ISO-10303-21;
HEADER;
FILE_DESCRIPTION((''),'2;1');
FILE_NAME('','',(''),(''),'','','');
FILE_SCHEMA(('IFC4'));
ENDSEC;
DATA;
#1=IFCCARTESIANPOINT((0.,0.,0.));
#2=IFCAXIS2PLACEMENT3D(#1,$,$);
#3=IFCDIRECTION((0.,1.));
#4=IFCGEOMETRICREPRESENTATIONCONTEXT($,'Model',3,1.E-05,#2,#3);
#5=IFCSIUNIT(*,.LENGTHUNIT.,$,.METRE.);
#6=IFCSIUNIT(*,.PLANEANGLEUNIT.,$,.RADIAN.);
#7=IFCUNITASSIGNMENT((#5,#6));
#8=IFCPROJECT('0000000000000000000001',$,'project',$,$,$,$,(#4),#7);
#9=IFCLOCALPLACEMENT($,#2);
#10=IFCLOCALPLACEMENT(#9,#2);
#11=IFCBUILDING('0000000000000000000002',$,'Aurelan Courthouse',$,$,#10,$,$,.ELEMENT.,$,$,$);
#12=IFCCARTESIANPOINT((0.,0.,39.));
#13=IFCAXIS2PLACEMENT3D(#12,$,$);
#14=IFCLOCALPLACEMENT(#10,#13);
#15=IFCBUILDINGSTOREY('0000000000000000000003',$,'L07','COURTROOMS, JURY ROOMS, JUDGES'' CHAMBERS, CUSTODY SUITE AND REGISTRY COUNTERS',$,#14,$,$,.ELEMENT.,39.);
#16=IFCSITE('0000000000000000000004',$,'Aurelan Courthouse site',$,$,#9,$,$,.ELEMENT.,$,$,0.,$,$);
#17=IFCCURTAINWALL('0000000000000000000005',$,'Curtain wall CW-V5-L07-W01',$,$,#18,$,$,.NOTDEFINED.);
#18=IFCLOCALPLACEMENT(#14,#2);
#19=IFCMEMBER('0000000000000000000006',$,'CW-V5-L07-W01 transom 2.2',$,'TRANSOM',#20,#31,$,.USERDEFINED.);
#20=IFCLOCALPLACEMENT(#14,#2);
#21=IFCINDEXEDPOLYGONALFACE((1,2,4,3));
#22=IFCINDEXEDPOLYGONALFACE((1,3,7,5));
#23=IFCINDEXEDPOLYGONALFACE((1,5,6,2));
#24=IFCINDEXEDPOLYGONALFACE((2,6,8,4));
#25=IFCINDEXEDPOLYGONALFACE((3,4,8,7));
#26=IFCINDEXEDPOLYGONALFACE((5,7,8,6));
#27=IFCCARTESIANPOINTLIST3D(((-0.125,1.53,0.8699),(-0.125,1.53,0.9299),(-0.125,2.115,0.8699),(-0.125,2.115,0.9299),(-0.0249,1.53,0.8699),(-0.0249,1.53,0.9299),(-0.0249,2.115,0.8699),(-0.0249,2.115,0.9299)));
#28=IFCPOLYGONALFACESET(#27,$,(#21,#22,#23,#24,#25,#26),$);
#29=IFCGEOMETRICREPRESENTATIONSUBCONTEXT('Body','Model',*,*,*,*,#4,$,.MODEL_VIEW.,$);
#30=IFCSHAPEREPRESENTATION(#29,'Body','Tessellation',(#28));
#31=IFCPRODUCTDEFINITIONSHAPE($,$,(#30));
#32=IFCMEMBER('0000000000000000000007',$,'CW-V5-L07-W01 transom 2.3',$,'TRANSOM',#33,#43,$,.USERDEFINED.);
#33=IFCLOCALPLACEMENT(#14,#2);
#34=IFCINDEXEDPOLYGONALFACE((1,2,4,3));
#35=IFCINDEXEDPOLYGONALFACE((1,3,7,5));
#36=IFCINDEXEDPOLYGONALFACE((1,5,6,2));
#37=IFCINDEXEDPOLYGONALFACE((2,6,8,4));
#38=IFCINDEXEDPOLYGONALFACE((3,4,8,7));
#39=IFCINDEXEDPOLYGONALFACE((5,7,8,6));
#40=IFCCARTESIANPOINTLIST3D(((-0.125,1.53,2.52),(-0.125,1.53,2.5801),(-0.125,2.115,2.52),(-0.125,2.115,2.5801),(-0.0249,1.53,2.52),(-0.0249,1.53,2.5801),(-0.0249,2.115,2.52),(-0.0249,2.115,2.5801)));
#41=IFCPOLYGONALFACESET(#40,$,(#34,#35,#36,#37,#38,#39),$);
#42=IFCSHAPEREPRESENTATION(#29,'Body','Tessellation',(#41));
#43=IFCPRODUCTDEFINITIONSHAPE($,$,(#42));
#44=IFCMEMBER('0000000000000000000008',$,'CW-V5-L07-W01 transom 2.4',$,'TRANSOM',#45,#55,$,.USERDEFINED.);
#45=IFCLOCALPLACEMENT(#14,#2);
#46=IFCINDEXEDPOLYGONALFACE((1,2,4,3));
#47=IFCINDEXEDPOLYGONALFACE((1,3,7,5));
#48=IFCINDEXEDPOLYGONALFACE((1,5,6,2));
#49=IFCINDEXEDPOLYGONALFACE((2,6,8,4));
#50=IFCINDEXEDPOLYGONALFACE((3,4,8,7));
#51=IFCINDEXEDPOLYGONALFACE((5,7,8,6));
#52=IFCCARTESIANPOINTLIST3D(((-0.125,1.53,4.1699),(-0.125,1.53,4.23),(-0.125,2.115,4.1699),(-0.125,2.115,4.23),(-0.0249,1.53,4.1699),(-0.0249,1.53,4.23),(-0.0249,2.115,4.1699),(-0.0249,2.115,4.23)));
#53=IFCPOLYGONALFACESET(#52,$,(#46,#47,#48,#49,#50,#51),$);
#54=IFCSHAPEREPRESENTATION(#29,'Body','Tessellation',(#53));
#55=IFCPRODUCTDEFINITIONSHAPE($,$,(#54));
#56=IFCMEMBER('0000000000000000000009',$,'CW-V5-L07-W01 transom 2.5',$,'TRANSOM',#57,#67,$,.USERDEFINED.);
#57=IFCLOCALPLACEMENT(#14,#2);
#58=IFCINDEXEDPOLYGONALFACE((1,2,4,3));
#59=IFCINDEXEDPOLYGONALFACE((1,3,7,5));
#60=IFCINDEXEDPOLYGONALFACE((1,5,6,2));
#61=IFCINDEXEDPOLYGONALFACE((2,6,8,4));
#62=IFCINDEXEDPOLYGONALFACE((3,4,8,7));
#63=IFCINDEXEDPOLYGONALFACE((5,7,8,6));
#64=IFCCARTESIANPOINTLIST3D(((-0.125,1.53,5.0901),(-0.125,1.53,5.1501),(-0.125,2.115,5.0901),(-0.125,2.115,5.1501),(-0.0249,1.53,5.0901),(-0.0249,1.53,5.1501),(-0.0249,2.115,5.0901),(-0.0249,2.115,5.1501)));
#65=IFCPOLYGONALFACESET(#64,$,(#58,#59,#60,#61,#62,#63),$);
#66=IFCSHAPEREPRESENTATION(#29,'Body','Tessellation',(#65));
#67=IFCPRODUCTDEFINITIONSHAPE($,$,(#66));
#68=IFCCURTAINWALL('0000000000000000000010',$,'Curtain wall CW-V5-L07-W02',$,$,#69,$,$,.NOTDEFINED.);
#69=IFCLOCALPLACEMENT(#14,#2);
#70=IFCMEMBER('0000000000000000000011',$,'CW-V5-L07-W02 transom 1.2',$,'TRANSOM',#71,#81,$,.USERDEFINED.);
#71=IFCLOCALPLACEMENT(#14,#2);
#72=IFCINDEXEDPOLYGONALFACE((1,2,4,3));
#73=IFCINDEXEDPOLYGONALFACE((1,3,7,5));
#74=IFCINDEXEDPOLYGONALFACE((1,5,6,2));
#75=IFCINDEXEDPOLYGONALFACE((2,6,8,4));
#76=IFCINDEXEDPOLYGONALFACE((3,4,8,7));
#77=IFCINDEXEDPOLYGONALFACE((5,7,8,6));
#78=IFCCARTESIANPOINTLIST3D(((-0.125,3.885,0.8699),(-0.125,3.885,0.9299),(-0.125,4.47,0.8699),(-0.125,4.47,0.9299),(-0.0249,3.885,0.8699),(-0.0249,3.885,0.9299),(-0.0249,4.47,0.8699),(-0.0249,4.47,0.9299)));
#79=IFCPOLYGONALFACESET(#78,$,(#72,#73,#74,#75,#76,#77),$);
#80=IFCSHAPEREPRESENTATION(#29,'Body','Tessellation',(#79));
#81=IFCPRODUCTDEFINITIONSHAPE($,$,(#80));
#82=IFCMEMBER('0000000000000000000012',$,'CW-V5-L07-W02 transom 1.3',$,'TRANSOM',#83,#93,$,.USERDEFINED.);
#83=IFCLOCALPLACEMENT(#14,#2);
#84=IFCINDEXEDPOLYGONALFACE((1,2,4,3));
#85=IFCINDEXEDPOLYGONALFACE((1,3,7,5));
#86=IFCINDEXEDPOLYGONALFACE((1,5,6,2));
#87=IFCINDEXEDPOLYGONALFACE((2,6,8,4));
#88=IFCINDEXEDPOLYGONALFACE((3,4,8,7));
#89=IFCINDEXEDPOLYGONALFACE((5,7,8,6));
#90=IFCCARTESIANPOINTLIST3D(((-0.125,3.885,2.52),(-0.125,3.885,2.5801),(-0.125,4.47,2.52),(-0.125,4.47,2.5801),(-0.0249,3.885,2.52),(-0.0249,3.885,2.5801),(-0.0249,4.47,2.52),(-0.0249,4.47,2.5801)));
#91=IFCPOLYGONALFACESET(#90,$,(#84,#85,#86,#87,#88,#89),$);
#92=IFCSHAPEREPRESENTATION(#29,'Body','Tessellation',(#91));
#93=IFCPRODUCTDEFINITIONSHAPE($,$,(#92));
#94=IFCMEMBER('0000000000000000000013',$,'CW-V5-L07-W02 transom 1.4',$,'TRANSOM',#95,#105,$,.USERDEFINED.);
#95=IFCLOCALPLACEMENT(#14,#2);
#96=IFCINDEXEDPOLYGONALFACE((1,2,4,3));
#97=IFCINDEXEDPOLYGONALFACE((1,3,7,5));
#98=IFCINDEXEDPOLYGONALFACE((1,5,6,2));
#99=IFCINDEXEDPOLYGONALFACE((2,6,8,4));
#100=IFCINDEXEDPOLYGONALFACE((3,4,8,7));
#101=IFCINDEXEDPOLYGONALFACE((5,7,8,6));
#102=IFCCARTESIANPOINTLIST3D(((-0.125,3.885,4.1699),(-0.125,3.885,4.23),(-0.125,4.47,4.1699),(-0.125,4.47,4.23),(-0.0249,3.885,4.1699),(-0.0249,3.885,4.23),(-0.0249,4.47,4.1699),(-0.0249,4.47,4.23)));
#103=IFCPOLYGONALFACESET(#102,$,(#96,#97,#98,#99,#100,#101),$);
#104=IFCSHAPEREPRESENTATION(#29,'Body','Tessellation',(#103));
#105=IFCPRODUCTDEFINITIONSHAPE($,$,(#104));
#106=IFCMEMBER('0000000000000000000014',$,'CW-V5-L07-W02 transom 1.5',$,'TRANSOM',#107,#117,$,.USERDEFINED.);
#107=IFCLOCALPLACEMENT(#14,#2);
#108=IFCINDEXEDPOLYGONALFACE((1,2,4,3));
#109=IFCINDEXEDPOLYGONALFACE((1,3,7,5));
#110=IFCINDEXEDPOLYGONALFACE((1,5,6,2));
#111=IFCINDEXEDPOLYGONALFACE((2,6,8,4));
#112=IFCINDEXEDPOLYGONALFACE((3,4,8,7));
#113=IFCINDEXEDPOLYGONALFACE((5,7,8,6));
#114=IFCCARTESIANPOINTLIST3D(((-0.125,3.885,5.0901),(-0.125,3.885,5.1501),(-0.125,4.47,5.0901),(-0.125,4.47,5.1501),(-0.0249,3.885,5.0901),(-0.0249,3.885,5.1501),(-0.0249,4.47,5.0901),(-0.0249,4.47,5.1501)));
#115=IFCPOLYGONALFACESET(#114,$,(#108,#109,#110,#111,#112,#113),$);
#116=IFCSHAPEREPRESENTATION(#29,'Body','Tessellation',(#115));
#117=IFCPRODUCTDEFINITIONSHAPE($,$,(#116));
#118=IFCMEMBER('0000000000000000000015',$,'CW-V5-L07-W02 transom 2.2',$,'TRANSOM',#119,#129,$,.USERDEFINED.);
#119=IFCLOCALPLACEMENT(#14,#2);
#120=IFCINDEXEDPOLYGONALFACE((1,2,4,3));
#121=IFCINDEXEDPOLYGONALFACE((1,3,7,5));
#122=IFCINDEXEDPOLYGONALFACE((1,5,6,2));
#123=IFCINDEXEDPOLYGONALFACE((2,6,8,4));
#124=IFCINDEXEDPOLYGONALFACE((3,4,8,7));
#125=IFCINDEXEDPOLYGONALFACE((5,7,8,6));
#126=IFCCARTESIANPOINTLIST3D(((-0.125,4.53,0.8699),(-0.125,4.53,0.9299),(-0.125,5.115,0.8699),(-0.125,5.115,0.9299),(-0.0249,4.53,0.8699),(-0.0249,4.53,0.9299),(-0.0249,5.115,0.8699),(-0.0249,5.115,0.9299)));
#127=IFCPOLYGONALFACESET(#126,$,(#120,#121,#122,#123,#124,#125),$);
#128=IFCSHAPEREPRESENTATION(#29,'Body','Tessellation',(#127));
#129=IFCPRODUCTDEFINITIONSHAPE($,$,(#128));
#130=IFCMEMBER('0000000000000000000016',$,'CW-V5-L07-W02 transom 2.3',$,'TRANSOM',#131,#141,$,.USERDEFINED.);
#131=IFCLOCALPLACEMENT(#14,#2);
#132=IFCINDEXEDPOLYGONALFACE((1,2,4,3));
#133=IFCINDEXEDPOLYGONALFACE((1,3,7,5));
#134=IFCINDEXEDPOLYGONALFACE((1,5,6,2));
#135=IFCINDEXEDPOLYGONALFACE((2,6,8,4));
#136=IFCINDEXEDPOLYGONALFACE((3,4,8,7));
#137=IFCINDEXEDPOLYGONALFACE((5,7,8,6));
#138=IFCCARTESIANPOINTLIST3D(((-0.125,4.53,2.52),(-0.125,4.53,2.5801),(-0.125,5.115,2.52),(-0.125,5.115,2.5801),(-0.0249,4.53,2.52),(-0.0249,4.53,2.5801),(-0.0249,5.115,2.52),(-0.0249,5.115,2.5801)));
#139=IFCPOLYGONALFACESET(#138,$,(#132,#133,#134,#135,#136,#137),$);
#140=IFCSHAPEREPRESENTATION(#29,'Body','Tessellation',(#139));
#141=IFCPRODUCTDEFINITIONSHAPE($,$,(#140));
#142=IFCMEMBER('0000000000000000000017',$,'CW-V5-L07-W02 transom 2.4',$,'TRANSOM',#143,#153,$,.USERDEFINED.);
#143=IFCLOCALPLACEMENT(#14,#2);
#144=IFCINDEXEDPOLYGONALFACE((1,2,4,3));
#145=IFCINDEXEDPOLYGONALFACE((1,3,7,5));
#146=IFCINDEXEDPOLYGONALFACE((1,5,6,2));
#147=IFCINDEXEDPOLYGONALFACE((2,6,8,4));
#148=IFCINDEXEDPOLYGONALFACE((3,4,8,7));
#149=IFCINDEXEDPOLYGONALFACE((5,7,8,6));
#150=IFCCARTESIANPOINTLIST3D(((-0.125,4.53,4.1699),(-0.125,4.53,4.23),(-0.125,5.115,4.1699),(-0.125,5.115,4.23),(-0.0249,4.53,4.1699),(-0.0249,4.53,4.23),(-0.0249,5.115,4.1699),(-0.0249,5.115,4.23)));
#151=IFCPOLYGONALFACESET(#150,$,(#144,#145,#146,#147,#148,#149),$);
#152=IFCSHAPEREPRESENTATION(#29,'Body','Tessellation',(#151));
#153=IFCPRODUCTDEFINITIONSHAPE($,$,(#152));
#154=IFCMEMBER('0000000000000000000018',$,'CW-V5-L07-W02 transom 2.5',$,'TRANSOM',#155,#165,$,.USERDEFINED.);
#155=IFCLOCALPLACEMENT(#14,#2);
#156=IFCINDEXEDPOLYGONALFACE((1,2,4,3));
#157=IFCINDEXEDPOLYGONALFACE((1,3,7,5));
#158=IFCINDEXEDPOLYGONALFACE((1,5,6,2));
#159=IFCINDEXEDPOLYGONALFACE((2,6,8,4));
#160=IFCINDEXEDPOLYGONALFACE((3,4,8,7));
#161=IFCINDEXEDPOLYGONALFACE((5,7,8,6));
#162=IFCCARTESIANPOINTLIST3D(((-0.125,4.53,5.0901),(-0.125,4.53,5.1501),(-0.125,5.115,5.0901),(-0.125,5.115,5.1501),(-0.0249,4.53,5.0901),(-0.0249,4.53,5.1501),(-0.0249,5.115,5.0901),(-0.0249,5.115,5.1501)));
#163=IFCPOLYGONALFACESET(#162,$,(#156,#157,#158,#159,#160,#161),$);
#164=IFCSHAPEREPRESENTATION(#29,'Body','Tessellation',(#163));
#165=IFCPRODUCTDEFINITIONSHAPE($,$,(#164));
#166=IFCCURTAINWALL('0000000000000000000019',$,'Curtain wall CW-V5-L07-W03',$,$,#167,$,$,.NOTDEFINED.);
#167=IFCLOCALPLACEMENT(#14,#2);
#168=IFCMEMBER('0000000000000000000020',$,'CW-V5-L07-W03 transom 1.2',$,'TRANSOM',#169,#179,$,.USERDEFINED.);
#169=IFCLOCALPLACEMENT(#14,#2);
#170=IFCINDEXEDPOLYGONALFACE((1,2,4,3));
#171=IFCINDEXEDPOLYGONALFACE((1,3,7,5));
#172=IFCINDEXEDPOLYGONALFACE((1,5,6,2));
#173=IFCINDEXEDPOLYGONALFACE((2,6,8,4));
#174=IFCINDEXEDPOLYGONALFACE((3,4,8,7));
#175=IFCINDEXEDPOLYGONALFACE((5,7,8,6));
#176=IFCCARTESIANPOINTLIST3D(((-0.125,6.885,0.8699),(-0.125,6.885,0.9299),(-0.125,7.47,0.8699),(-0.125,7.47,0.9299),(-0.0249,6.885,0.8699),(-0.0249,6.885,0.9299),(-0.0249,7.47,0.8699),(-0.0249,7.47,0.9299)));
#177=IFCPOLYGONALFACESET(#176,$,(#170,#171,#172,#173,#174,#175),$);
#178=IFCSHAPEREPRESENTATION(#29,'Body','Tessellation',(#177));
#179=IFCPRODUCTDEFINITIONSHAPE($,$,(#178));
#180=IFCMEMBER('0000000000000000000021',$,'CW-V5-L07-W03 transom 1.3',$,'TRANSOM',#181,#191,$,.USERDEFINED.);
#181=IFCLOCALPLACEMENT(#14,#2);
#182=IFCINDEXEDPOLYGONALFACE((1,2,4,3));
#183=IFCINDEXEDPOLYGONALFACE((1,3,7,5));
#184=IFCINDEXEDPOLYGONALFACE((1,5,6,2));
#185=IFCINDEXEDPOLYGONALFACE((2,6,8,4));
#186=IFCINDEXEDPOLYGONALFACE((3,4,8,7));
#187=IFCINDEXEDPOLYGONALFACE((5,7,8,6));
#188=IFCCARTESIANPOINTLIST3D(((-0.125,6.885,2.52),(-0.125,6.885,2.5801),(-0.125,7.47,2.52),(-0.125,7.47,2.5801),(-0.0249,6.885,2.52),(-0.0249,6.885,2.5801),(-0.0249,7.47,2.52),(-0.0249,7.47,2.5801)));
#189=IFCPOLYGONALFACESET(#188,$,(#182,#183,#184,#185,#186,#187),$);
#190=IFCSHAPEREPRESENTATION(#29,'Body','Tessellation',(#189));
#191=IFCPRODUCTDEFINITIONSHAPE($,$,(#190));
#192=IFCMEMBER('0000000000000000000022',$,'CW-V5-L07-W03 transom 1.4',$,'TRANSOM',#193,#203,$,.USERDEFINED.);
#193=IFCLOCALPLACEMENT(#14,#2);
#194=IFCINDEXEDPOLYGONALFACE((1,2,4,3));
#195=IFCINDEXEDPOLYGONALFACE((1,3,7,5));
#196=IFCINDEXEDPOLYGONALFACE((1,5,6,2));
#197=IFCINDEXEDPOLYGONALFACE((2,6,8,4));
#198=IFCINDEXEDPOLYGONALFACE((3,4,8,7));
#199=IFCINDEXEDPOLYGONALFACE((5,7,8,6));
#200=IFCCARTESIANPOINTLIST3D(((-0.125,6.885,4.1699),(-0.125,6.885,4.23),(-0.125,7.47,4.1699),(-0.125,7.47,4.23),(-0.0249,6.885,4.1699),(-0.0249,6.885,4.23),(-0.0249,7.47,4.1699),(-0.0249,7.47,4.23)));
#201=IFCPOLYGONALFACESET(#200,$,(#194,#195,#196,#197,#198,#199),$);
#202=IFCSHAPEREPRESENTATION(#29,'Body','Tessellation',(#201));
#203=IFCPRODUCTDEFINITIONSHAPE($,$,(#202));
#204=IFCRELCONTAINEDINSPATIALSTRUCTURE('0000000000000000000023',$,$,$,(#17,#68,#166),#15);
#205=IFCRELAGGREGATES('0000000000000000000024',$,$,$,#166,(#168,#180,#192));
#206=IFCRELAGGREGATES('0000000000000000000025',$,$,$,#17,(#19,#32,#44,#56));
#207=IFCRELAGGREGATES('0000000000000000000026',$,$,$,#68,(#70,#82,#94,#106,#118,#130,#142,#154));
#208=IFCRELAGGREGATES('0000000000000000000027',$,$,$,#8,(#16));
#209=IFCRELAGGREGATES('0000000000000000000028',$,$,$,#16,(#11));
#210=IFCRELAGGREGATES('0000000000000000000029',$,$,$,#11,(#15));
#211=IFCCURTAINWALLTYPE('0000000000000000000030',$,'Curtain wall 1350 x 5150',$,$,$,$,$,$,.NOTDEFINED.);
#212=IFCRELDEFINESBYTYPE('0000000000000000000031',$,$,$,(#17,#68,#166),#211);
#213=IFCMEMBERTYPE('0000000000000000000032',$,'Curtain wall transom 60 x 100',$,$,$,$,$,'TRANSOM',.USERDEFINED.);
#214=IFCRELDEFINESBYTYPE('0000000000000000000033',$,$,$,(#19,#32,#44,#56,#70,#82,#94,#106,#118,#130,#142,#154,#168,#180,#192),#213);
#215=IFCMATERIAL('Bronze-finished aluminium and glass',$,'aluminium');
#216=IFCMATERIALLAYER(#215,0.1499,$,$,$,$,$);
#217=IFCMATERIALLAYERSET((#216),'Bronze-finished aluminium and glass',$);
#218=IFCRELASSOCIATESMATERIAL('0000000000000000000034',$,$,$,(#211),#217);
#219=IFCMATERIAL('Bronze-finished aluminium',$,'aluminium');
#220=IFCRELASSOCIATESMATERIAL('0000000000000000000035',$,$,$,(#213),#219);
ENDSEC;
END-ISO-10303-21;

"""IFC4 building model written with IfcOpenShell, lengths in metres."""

from ifc_helpers import new_model, si_unit, direction, frame, origin, origin_2d, place, context, subcontext, project, spatial, rectangle, extrude, material, layer, layer_set, material_profile, profile_set, type_object, element, aggregate, save


model = new_model("IFC4")

# Units and contexts
model_context = context("Model", 3, precision=1e-05, world=origin(), true_north=direction((0.0, 1.0)))
body_context = subcontext(model_context, "Body", "Model", "MODEL_VIEW")
ifc_project = project(units=[si_unit("LENGTHUNIT", "METRE"), si_unit("PLANEANGLEUNIT", "RADIAN")], contexts=[model_context])

# Site, building, storey
site_placement = place(None, origin())
site = spatial("IfcSite", under=ifc_project, at=site_placement, Name="Aurelan Courthouse site", CompositionType="ELEMENT", RefElevation=0.0)
building_placement = place(site_placement, origin())
building = spatial("IfcBuilding", under=site, at=building_placement, Name="Aurelan Courthouse", CompositionType="ELEMENT")
storey_placement = place(building_placement, frame((0.0, 0.0, 39.0)))
storey = spatial("IfcBuildingStorey", under=building, at=storey_placement, Name="L07", Description="COURTROOMS, JURY ROOMS, JUDGES' CHAMBERS, CUSTODY SUITE AND REGISTRY COUNTERS", CompositionType="ELEMENT", Elevation=39.0)

# Curtain walls, members
ifc_material_1 = material(Name="Bronze-finished aluminium and glass", Category="aluminium")
ifc_layer_1 = layer(ifc_material_1, 0.1499)
ifc_layer_set_1 = layer_set([ifc_layer_1], Name="Bronze-finished aluminium and glass")
curtain_wall_type = type_object("IfcCurtainWallType", Name="Curtain wall 1350 x 5150", PredefinedType="NOTDEFINED", material=ifc_layer_set_1)
curtain_wall_1_placement = place(storey_placement, origin())
curtain_wall_1 = element("IfcCurtainWall", 1, at=curtain_wall_1_placement, inside=storey, type_object=curtain_wall_type, Name="Curtain wall CW-V5-L07-W01", PredefinedType="NOTDEFINED")
ifc_material_2 = material(Name="Bronze-finished aluminium", Category="aluminium")
ifc_material_profile = material_profile(ifc_material_2, rectangle(XDim=0.1001, YDim=0.0601, at=origin_2d()), Name="Bronze transom 60 x 100")
ifc_profile_set = profile_set([ifc_material_profile], Name="Bronze-finished aluminium")
member_type = type_object("IfcMemberType", Name="Curtain wall transom 60 x 100", ElementType="TRANSOM", PredefinedType="USERDEFINED", material=ifc_profile_set)
member_1_placement = place(storey_placement, frame((-0.075, 1.53, 0.8999), z_axis=(0.0, 1.0, 0.0), x_axis=(-1.0, 0.0, 0.0)))
member_1 = element("IfcMember", 2, at=member_1_placement, type_object=member_type, Name="CW-V5-L07-W01 transom 2.2", ObjectType="TRANSOM", PredefinedType="USERDEFINED", context=body_context, shape_type="SweptSolid", body=[
    extrude(rectangle(XDim=0.1001, YDim=0.0601, at=origin_2d()), origin(), (0.0, 0.0, 1.0), 0.585),
])
member_2_placement = place(storey_placement, frame((-0.075, 1.53, 2.55), z_axis=(0.0, 1.0, 0.0), x_axis=(-1.0, 0.0, 0.0)))
member_2 = element("IfcMember", 3, at=member_2_placement, type_object=member_type, Name="CW-V5-L07-W01 transom 2.3", ObjectType="TRANSOM", PredefinedType="USERDEFINED", context=body_context, shape_type="SweptSolid", body=[
    extrude(rectangle(XDim=0.1001, YDim=0.0601, at=origin_2d()), origin(), (0.0, 0.0, 1.0), 0.585),
])
member_3_placement = place(storey_placement, frame((-0.075, 1.53, 4.2), z_axis=(0.0, 1.0, 0.0), x_axis=(-1.0, 0.0, 0.0)))
member_3 = element("IfcMember", 4, at=member_3_placement, type_object=member_type, Name="CW-V5-L07-W01 transom 2.4", ObjectType="TRANSOM", PredefinedType="USERDEFINED", context=body_context, shape_type="SweptSolid", body=[
    extrude(rectangle(XDim=0.1001, YDim=0.0601, at=origin_2d()), origin(), (0.0, 0.0, 1.0), 0.585),
])
member_4_placement = place(storey_placement, frame((-0.075, 1.53, 5.1201), z_axis=(0.0, 1.0, 0.0), x_axis=(-1.0, 0.0, 0.0)))
member_4 = element("IfcMember", 5, at=member_4_placement, type_object=member_type, Name="CW-V5-L07-W01 transom 2.5", ObjectType="TRANSOM", PredefinedType="USERDEFINED", context=body_context, shape_type="SweptSolid", body=[
    extrude(rectangle(XDim=0.1001, YDim=0.0601, at=origin_2d()), origin(), (0.0, 0.0, 1.0), 0.585),
])
curtain_wall_2_placement = place(storey_placement, origin())
curtain_wall_2 = element("IfcCurtainWall", 6, at=curtain_wall_2_placement, inside=storey, type_object=curtain_wall_type, Name="Curtain wall CW-V5-L07-W02", PredefinedType="NOTDEFINED")
member_5_placement = place(storey_placement, frame((-0.075, 3.885, 0.8999), z_axis=(0.0, 1.0, 0.0), x_axis=(-1.0, 0.0, 0.0)))
member_5 = element("IfcMember", 7, at=member_5_placement, type_object=member_type, Name="CW-V5-L07-W02 transom 1.2", ObjectType="TRANSOM", PredefinedType="USERDEFINED", context=body_context, shape_type="SweptSolid", body=[
    extrude(rectangle(XDim=0.1001, YDim=0.0601, at=origin_2d()), origin(), (0.0, 0.0, 1.0), 0.585),
])
member_6_placement = place(storey_placement, frame((-0.075, 3.885, 2.55), z_axis=(0.0, 1.0, 0.0), x_axis=(-1.0, 0.0, 0.0)))
member_6 = element("IfcMember", 8, at=member_6_placement, type_object=member_type, Name="CW-V5-L07-W02 transom 1.3", ObjectType="TRANSOM", PredefinedType="USERDEFINED", context=body_context, shape_type="SweptSolid", body=[
    extrude(rectangle(XDim=0.1001, YDim=0.0601, at=origin_2d()), origin(), (0.0, 0.0, 1.0), 0.585),
])
member_7_placement = place(storey_placement, frame((-0.075, 3.885, 4.2), z_axis=(0.0, 1.0, 0.0), x_axis=(-1.0, 0.0, 0.0)))
member_7 = element("IfcMember", 9, at=member_7_placement, type_object=member_type, Name="CW-V5-L07-W02 transom 1.4", ObjectType="TRANSOM", PredefinedType="USERDEFINED", context=body_context, shape_type="SweptSolid", body=[
    extrude(rectangle(XDim=0.1001, YDim=0.0601, at=origin_2d()), origin(), (0.0, 0.0, 1.0), 0.585),
])
member_8_placement = place(storey_placement, frame((-0.075, 3.885, 5.1201), z_axis=(0.0, 1.0, 0.0), x_axis=(-1.0, 0.0, 0.0)))
member_8 = element("IfcMember", 10, at=member_8_placement, type_object=member_type, Name="CW-V5-L07-W02 transom 1.5", ObjectType="TRANSOM", PredefinedType="USERDEFINED", context=body_context, shape_type="SweptSolid", body=[
    extrude(rectangle(XDim=0.1001, YDim=0.0601, at=origin_2d()), origin(), (0.0, 0.0, 1.0), 0.585),
])
member_9_placement = place(storey_placement, frame((-0.075, 4.53, 0.8999), z_axis=(0.0, 1.0, 0.0), x_axis=(-1.0, 0.0, 0.0)))
member_9 = element("IfcMember", 11, at=member_9_placement, type_object=member_type, Name="CW-V5-L07-W02 transom 2.2", ObjectType="TRANSOM", PredefinedType="USERDEFINED", context=body_context, shape_type="SweptSolid", body=[
    extrude(rectangle(XDim=0.1001, YDim=0.0601, at=origin_2d()), origin(), (0.0, 0.0, 1.0), 0.585),
])
member_10_placement = place(storey_placement, frame((-0.075, 4.53, 2.55), z_axis=(0.0, 1.0, 0.0), x_axis=(-1.0, 0.0, 0.0)))
member_10 = element("IfcMember", 12, at=member_10_placement, type_object=member_type, Name="CW-V5-L07-W02 transom 2.3", ObjectType="TRANSOM", PredefinedType="USERDEFINED", context=body_context, shape_type="SweptSolid", body=[
    extrude(rectangle(XDim=0.1001, YDim=0.0601, at=origin_2d()), origin(), (0.0, 0.0, 1.0), 0.585),
])
member_11_placement = place(storey_placement, frame((-0.075, 4.53, 4.2), z_axis=(0.0, 1.0, 0.0), x_axis=(-1.0, 0.0, 0.0)))
member_11 = element("IfcMember", 13, at=member_11_placement, type_object=member_type, Name="CW-V5-L07-W02 transom 2.4", ObjectType="TRANSOM", PredefinedType="USERDEFINED", context=body_context, shape_type="SweptSolid", body=[
    extrude(rectangle(XDim=0.1001, YDim=0.0601, at=origin_2d()), origin(), (0.0, 0.0, 1.0), 0.585),
])
member_12_placement = place(storey_placement, frame((-0.075, 4.53, 5.1201), z_axis=(0.0, 1.0, 0.0), x_axis=(-1.0, 0.0, 0.0)))
member_12 = element("IfcMember", 14, at=member_12_placement, type_object=member_type, Name="CW-V5-L07-W02 transom 2.5", ObjectType="TRANSOM", PredefinedType="USERDEFINED", context=body_context, shape_type="SweptSolid", body=[
    extrude(rectangle(XDim=0.1001, YDim=0.0601, at=origin_2d()), origin(), (0.0, 0.0, 1.0), 0.585),
])
curtain_wall_3_placement = place(storey_placement, origin())
curtain_wall_3 = element("IfcCurtainWall", 15, at=curtain_wall_3_placement, inside=storey, type_object=curtain_wall_type, Name="Curtain wall CW-V5-L07-W03", PredefinedType="NOTDEFINED")
member_13_placement = place(storey_placement, frame((-0.075, 6.885, 0.8999), z_axis=(0.0, 1.0, 0.0), x_axis=(-1.0, 0.0, 0.0)))
member_13 = element("IfcMember", 16, at=member_13_placement, type_object=member_type, Name="CW-V5-L07-W03 transom 1.2", ObjectType="TRANSOM", PredefinedType="USERDEFINED", context=body_context, shape_type="SweptSolid", body=[
    extrude(rectangle(XDim=0.1001, YDim=0.0601, at=origin_2d()), origin(), (0.0, 0.0, 1.0), 0.585),
])
member_14_placement = place(storey_placement, frame((-0.075, 6.885, 2.55), z_axis=(0.0, 1.0, 0.0), x_axis=(-1.0, 0.0, 0.0)))
member_14 = element("IfcMember", 17, at=member_14_placement, type_object=member_type, Name="CW-V5-L07-W03 transom 1.3", ObjectType="TRANSOM", PredefinedType="USERDEFINED", context=body_context, shape_type="SweptSolid", body=[
    extrude(rectangle(XDim=0.1001, YDim=0.0601, at=origin_2d()), origin(), (0.0, 0.0, 1.0), 0.585),
])
member_15_placement = place(storey_placement, frame((-0.075, 6.885, 4.2), z_axis=(0.0, 1.0, 0.0), x_axis=(-1.0, 0.0, 0.0)))
member_15 = element("IfcMember", 18, at=member_15_placement, type_object=member_type, Name="CW-V5-L07-W03 transom 1.4", ObjectType="TRANSOM", PredefinedType="USERDEFINED", context=body_context, shape_type="SweptSolid", body=[
    extrude(rectangle(XDim=0.1001, YDim=0.0601, at=origin_2d()), origin(), (0.0, 0.0, 1.0), 0.585),
])
aggregate(curtain_wall_3, [member_13, member_14, member_15])

aggregate(curtain_wall_1, [member_1, member_2, member_3, member_4])
aggregate(curtain_wall_2, [member_5, member_6, member_7, member_8, member_9, member_10, member_11, member_12])

save(model, "model.ifc")
